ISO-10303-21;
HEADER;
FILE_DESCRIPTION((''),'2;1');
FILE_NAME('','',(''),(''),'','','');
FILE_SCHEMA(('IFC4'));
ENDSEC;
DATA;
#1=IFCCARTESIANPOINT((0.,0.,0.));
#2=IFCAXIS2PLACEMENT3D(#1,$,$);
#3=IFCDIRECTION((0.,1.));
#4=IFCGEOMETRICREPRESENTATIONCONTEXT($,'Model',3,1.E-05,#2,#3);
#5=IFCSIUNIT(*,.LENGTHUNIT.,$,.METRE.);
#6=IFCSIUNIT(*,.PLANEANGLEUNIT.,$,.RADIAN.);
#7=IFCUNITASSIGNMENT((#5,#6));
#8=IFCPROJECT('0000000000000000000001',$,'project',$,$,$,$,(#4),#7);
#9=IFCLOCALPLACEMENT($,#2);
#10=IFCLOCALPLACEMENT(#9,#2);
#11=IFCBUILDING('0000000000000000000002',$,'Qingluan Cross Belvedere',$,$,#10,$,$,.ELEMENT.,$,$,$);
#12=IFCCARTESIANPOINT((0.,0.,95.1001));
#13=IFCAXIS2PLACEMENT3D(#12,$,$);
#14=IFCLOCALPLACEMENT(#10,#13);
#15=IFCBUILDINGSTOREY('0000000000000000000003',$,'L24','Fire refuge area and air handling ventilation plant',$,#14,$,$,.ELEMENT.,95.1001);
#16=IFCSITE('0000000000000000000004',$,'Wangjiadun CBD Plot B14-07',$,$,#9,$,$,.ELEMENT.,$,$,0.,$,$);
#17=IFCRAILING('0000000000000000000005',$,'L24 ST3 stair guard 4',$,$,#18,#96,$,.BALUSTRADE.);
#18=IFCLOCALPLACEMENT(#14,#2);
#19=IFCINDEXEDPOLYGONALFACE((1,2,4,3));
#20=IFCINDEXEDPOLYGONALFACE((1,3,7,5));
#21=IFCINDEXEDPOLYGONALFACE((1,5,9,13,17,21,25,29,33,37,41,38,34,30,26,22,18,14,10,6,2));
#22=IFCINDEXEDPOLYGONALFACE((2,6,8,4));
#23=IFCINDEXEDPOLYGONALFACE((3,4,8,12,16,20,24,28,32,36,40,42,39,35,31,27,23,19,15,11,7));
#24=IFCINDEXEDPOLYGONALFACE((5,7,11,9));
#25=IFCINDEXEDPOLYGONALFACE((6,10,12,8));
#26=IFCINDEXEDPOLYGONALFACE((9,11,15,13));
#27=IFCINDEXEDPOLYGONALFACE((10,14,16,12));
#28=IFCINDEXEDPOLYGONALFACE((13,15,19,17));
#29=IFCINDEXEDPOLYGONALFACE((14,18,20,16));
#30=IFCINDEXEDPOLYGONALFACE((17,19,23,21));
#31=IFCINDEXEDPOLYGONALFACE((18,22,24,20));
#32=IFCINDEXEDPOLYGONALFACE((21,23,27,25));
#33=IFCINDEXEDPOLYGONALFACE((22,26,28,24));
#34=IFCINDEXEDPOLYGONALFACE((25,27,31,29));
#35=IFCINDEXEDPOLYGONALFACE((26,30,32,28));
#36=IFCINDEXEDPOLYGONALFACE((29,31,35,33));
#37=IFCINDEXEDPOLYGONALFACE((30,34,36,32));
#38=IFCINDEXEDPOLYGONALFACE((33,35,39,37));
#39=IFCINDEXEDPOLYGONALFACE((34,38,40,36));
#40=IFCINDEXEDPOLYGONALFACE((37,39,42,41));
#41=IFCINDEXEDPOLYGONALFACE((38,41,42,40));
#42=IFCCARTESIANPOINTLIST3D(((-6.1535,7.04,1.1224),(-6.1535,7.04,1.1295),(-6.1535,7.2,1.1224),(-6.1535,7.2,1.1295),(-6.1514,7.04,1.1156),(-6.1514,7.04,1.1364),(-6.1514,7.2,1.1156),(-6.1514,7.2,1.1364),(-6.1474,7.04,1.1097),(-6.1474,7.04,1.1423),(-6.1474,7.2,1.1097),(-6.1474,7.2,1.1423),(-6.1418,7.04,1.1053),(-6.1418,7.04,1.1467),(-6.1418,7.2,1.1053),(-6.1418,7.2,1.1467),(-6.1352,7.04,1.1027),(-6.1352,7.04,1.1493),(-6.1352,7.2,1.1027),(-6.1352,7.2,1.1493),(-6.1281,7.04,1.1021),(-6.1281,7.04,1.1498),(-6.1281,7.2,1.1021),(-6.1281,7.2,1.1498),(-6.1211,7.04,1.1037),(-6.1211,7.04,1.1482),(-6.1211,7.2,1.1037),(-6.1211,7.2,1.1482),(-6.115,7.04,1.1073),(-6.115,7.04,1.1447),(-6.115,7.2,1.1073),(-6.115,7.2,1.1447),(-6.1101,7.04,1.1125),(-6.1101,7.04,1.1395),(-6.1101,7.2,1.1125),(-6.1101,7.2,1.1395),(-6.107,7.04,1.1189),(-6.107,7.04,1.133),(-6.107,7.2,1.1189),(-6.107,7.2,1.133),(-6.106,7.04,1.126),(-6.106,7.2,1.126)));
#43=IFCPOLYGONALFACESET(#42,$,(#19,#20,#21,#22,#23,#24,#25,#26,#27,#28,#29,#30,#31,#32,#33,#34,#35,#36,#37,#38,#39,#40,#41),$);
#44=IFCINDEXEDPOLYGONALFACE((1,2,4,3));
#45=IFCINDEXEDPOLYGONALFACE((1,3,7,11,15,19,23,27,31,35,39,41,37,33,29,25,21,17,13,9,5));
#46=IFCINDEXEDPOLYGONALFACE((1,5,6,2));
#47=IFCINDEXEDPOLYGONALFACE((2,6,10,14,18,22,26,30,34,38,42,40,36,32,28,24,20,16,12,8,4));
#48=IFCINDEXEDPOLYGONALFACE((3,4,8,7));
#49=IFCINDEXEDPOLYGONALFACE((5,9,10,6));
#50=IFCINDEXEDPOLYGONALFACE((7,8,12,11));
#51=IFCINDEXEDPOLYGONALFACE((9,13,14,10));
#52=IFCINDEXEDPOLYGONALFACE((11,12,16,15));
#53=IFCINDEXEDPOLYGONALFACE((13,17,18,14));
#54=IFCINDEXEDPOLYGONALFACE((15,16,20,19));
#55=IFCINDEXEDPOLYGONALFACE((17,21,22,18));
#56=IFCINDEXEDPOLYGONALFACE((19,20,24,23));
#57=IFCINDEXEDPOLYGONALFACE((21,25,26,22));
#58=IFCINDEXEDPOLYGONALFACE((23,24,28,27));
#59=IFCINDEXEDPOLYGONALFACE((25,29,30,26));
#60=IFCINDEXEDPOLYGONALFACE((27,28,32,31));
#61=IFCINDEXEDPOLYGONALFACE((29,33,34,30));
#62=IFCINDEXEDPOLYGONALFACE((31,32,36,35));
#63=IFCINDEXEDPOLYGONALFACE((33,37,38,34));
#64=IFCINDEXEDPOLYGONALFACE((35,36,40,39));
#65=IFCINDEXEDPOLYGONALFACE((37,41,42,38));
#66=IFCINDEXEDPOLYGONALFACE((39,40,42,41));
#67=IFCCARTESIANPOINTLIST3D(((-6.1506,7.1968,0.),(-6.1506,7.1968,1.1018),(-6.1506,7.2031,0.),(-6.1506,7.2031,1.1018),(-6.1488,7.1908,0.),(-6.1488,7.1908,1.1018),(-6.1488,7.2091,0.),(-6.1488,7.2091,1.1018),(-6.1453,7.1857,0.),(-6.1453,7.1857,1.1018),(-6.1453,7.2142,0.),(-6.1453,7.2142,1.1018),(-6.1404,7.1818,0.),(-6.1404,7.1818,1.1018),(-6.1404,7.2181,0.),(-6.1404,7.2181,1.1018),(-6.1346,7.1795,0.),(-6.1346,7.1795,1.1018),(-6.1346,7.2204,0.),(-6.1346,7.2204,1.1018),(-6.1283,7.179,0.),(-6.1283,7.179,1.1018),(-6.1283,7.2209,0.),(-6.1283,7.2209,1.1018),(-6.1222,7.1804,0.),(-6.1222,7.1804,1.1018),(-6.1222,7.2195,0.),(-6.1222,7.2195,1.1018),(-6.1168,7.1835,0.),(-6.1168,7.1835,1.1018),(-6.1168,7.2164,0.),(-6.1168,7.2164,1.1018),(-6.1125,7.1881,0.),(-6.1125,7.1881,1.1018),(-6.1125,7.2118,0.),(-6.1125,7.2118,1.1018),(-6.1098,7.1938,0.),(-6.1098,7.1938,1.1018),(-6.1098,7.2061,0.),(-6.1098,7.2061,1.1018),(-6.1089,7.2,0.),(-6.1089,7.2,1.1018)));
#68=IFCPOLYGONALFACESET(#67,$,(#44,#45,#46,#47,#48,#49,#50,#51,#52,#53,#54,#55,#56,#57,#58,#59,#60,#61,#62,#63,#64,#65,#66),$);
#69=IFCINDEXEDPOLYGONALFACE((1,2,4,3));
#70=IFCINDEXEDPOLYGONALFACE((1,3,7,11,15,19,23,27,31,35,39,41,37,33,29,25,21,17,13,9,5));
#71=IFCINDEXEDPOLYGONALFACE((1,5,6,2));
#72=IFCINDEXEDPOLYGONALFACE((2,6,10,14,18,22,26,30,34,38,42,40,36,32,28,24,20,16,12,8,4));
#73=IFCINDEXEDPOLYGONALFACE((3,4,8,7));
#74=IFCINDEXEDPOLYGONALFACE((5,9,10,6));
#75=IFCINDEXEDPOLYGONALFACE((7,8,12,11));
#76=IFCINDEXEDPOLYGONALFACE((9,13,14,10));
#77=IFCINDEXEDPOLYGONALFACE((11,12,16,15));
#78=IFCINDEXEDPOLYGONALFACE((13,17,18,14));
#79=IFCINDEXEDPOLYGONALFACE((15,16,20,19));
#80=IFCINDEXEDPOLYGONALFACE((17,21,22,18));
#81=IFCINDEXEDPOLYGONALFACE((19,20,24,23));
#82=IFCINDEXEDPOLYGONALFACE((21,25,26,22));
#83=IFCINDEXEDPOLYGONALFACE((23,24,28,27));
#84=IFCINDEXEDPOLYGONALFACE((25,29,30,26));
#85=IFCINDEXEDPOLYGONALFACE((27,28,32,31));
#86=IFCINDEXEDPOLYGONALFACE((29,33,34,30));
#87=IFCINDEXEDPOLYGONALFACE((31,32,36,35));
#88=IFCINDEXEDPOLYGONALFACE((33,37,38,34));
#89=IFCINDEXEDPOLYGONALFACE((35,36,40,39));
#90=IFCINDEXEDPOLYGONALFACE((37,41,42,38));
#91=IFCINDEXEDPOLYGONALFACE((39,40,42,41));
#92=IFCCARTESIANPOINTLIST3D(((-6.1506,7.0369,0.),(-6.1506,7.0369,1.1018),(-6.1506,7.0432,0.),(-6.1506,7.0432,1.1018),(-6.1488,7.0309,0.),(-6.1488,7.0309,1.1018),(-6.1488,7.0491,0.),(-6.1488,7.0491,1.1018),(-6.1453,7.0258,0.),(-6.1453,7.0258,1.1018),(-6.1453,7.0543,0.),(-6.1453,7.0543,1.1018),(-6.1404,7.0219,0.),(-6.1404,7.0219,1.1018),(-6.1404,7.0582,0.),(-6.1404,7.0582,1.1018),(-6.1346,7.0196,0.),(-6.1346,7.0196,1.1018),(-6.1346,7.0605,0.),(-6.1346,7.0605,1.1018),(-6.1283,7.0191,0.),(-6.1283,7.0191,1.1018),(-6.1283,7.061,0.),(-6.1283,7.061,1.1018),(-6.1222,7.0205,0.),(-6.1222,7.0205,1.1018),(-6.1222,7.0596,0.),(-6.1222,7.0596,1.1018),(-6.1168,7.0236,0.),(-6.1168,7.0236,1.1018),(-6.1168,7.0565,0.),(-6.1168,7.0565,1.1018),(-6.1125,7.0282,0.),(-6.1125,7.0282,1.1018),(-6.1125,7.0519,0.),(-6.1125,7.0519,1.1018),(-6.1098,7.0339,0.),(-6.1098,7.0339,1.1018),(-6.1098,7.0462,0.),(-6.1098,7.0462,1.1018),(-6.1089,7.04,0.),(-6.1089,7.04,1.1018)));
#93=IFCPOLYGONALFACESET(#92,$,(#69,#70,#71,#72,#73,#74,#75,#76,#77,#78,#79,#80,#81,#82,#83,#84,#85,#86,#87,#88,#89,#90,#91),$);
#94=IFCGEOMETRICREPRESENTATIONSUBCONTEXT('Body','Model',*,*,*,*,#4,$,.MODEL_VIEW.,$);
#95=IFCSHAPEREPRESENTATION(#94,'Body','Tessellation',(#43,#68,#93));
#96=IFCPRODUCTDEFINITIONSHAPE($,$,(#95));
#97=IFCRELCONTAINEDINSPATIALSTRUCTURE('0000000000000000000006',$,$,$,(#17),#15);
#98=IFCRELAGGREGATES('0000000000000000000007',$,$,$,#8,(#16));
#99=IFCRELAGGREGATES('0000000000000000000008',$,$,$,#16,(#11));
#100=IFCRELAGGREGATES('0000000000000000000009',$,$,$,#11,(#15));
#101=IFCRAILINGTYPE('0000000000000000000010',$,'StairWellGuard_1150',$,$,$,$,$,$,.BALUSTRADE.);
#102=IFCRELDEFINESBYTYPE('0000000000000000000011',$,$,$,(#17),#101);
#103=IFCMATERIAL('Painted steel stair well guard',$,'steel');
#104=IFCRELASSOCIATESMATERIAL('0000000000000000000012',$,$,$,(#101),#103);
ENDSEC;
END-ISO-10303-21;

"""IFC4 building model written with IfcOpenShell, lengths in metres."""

from ifc_helpers import new_model, si_unit, direction, frame, origin, origin_2d, place, context, subcontext, project, spatial, circle, extrude, material, type_object, element, save


model = new_model("IFC4")

# Units and contexts
model_context = context("Model", 3, precision=1e-05, world=origin(), true_north=direction((0.0, 1.0)))
body_context = subcontext(model_context, "Body", "Model", "MODEL_VIEW")
ifc_project = project(units=[si_unit("LENGTHUNIT", "METRE"), si_unit("PLANEANGLEUNIT", "RADIAN")], contexts=[model_context])

# Site, building, storey
site_placement = place(None, origin())
site = spatial("IfcSite", under=ifc_project, at=site_placement, Name="Wangjiadun CBD Plot B14-07", CompositionType="ELEMENT", RefElevation=0.0)
building_placement = place(site_placement, origin())
building = spatial("IfcBuilding", under=site, at=building_placement, Name="Qingluan Cross Belvedere", CompositionType="ELEMENT")
storey_placement = place(building_placement, frame((0.0, 0.0, 95.1001)))
storey = spatial("IfcBuildingStorey", under=building, at=storey_placement, Name="L24", Description="Fire refuge area and air handling ventilation plant", CompositionType="ELEMENT", Elevation=95.1001)

# Railing
ifc_material_1 = material(Name="Painted steel stair well guard", Category="steel")
railing_type_1 = type_object("IfcRailingType", Name="StairWellGuard_1150", PredefinedType="BALUSTRADE", material=ifc_material_1)
railing_1_placement = place(storey_placement, frame((-6.1299, 7.2, 0.0)))
element("IfcRailing", 1, at=railing_1_placement, inside=storey, type_object=railing_type_1, Name="L24 ST3 stair guard 4", PredefinedType="BALUSTRADE", context=body_context, shape_type="SweptSolid", body=[
    extrude(circle(Radius=0.0239, at=origin_2d()), frame((0.0, 0.0, 1.126), z_axis=(0.0, -1.0, 0.0), x_axis=(1.0, 0.0, 0.0)), (0.0, 0.0, 1.0), 0.1599),
    extrude(circle(Radius=0.021, at=origin_2d()), origin(), (0.0, 0.0, 1.0), 1.1018),
    extrude(circle(Radius=0.021, at=origin_2d()), frame((0.0, -0.1599, 0.0)), (0.0, 0.0, 1.0), 1.1018),
])

save(model, "model.ifc")
